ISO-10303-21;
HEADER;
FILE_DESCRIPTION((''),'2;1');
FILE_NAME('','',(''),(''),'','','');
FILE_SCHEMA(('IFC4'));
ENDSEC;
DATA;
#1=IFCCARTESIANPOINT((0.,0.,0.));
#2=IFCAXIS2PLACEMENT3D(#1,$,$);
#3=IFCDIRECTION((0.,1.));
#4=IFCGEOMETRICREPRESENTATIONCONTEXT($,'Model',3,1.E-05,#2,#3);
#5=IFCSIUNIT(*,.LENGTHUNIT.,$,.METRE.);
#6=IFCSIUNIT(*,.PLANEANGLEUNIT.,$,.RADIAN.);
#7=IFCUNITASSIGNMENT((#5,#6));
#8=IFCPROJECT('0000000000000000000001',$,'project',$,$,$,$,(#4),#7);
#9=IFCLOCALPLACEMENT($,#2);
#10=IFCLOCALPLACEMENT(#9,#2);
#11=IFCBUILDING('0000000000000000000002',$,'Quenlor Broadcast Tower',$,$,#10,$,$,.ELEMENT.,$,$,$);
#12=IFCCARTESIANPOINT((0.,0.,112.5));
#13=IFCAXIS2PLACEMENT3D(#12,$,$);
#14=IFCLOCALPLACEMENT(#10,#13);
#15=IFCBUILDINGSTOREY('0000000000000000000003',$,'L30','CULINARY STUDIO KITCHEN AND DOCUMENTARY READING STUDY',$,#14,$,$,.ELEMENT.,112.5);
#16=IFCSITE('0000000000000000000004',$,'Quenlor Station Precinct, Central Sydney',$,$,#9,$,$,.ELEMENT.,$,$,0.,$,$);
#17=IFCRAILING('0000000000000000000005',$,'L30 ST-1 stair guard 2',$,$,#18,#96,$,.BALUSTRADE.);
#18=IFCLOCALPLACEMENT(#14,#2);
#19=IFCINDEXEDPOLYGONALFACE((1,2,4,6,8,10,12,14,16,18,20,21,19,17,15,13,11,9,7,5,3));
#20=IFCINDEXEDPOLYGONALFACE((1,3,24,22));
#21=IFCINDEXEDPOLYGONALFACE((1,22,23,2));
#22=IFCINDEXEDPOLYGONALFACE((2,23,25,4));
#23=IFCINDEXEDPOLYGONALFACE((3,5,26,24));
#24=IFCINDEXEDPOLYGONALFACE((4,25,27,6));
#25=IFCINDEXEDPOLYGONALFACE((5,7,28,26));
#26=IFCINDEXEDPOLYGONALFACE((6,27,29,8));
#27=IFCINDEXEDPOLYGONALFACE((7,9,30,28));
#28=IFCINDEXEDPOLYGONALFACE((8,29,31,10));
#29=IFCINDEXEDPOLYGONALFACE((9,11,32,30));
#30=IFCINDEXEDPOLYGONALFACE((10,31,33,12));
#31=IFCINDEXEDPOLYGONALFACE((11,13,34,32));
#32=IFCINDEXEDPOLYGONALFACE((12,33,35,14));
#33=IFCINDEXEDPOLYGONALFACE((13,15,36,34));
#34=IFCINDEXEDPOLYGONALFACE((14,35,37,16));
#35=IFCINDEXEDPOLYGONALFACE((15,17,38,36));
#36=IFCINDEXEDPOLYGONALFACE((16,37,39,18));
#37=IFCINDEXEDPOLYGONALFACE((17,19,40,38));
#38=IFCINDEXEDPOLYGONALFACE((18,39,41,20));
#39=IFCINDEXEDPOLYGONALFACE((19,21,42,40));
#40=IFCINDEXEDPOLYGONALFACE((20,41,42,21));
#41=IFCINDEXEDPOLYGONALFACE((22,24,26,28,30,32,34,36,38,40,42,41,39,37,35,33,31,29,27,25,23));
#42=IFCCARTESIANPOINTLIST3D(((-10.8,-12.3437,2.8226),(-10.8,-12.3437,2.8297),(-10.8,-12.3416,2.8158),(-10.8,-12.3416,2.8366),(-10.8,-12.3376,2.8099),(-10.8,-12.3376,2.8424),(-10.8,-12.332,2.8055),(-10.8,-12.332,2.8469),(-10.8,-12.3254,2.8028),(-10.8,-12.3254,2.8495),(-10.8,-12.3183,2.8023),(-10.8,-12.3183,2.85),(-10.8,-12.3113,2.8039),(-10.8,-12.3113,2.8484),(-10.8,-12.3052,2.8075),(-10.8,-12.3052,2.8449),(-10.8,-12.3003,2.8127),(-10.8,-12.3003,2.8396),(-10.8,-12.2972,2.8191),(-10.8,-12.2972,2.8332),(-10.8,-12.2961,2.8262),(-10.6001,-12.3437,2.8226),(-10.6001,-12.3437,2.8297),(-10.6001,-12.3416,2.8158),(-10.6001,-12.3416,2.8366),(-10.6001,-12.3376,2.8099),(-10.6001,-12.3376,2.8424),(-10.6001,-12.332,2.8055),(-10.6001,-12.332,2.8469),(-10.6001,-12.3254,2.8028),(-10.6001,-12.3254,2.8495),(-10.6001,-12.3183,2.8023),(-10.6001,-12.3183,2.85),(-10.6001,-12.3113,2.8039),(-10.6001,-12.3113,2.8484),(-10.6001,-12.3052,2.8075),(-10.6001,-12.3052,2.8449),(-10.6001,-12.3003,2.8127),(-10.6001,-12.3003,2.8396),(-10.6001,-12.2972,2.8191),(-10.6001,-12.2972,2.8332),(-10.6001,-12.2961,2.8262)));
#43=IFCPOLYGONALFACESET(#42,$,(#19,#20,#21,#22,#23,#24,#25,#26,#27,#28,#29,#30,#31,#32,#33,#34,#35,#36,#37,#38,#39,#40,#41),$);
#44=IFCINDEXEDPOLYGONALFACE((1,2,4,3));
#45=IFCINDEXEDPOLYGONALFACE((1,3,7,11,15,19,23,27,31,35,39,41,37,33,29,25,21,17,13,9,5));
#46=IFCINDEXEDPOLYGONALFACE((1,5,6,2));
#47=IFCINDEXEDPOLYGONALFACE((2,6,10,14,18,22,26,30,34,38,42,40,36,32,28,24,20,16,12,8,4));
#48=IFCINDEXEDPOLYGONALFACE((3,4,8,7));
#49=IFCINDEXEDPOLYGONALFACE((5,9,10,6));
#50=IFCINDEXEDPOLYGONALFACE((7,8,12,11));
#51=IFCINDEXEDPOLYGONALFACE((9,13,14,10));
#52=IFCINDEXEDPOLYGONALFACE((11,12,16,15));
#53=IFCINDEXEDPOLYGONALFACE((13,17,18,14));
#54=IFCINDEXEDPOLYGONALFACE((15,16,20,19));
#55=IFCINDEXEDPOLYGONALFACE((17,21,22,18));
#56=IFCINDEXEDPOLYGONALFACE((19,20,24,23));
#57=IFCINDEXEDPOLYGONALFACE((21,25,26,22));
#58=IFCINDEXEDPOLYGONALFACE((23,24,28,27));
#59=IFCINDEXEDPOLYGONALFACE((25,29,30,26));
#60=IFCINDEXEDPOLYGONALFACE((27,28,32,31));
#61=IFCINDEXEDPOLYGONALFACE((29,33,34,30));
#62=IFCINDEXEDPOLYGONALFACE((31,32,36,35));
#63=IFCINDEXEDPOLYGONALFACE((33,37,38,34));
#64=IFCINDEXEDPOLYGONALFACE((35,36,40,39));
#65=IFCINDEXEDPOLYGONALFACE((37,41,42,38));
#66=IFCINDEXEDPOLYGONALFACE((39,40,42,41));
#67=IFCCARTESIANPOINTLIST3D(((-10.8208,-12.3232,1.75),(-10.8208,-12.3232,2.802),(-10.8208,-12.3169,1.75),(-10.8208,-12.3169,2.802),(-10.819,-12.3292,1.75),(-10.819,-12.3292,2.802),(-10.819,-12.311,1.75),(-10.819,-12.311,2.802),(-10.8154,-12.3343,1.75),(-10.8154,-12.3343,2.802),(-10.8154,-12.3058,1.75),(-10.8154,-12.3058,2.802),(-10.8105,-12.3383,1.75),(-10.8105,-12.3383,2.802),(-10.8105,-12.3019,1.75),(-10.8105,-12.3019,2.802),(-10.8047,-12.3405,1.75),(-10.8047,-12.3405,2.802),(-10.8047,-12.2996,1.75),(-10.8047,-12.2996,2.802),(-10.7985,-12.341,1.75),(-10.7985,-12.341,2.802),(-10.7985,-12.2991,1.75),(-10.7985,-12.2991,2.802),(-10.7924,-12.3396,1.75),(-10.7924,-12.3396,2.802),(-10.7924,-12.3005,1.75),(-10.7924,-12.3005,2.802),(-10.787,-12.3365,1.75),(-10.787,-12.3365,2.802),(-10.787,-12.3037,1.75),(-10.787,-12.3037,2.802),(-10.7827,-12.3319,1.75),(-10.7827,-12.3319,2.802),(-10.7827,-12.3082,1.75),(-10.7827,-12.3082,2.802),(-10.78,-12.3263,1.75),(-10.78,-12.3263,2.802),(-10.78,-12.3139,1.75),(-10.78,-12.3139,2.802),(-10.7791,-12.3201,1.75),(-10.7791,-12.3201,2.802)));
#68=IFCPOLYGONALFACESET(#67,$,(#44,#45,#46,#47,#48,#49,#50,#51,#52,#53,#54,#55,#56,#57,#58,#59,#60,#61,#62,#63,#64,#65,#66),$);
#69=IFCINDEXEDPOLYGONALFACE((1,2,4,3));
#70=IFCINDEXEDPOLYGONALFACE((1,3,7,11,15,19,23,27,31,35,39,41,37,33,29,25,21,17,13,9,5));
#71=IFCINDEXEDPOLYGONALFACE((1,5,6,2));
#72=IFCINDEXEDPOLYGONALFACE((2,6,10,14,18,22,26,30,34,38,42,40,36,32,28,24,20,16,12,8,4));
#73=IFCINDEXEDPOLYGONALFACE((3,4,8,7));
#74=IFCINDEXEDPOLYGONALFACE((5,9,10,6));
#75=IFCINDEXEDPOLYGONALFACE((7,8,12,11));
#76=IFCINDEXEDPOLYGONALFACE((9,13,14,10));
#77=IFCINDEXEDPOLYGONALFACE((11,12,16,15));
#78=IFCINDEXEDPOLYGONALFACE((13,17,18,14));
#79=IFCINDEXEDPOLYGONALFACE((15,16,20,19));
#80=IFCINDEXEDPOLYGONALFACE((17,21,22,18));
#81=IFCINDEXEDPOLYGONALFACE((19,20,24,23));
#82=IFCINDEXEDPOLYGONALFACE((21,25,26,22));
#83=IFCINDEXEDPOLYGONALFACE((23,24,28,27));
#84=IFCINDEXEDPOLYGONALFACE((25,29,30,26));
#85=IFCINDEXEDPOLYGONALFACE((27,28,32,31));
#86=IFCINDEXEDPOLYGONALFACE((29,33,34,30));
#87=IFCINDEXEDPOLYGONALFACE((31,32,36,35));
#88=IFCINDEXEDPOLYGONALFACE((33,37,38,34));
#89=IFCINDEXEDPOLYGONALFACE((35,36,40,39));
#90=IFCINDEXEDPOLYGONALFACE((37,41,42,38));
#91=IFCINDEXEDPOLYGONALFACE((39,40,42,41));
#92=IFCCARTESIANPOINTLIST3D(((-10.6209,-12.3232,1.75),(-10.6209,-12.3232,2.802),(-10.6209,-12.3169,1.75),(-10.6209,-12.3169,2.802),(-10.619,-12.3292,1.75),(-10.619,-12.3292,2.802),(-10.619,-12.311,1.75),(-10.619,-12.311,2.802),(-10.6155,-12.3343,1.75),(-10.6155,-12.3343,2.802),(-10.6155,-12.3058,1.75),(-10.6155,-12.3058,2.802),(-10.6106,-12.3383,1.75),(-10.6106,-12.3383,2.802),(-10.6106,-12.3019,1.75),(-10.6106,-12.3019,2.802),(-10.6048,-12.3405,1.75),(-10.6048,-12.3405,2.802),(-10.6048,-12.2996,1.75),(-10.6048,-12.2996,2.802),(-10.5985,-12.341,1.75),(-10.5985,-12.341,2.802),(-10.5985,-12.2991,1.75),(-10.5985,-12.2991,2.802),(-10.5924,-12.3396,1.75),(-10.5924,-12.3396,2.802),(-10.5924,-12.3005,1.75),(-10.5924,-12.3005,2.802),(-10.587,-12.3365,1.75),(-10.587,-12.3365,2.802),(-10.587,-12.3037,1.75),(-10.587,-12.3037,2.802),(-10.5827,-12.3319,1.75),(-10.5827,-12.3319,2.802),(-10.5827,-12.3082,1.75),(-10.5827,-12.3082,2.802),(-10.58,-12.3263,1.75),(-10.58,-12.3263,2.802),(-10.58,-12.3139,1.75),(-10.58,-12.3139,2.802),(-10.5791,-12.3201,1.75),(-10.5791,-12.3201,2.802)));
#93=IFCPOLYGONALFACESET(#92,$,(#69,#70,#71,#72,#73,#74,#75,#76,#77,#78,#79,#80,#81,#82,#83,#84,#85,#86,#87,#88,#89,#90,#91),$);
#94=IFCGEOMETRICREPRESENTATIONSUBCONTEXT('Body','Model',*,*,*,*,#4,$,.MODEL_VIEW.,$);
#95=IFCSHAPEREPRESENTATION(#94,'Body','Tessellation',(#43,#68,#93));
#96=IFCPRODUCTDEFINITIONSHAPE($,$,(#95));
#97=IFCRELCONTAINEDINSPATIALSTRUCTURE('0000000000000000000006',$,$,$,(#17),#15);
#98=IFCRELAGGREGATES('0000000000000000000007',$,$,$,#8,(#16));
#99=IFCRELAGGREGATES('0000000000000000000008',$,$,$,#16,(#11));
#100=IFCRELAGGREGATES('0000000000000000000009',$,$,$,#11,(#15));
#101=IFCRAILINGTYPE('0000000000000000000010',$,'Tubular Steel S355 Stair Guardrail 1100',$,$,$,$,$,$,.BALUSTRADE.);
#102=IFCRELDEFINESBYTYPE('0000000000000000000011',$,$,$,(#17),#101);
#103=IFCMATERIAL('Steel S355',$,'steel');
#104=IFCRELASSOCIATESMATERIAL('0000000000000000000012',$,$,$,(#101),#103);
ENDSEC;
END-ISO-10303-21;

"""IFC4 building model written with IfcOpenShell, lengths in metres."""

from ifc_helpers import new_model, si_unit, direction, frame, origin, origin_2d, place, context, subcontext, project, spatial, circle, extrude, material, type_object, element, save


model = new_model("IFC4")

# Units and contexts
model_context = context("Model", 3, precision=1e-05, world=origin(), true_north=direction((0.0, 1.0)))
body_context = subcontext(model_context, "Body", "Model", "MODEL_VIEW")
ifc_project = project(units=[si_unit("LENGTHUNIT", "METRE"), si_unit("PLANEANGLEUNIT", "RADIAN")], contexts=[model_context])

# Site, building, storey
site_placement = place(None, origin())
site = spatial("IfcSite", under=ifc_project, at=site_placement, Name="Quenlor Station Precinct, Central Sydney", CompositionType="ELEMENT", RefElevation=0.0)
building_placement = place(site_placement, origin())
building = spatial("IfcBuilding", under=site, at=building_placement, Name="Quenlor Broadcast Tower", CompositionType="ELEMENT")
storey_placement = place(building_placement, frame((0.0, 0.0, 112.5)))
storey = spatial("IfcBuildingStorey", under=building, at=storey_placement, Name="L30", Description="CULINARY STUDIO KITCHEN AND DOCUMENTARY READING STUDY", CompositionType="ELEMENT", Elevation=112.5)

# Railing
ifc_material_1 = material(Name="Steel S355", Category="steel")
railing_type_1 = type_object("IfcRailingType", Name="Tubular Steel S355 Stair Guardrail 1100", PredefinedType="BALUSTRADE", material=ifc_material_1)
railing_1_placement = place(storey_placement, frame((-10.8, -12.3201, 1.75)))
element("IfcRailing", 1, at=railing_1_placement, inside=storey, type_object=railing_type_1, Name="L30 ST-1 stair guard 2", PredefinedType="BALUSTRADE", context=body_context, shape_type="SweptSolid", body=[
    extrude(circle(Radius=0.0239, at=origin_2d()), frame((0.0, 0.0, 1.0762), z_axis=(1.0, 0.0, 0.0), x_axis=(0.0, 1.0, 0.0)), (0.0, 0.0, 1.0), 0.2),
    extrude(circle(Radius=0.021, at=origin_2d()), origin(), (0.0, 0.0, 1.0), 1.052),
    extrude(circle(Radius=0.021, at=origin_2d()), frame((0.2, 0.0, 0.0)), (0.0, 0.0, 1.0), 1.052),
])

save(model, "model.ifc")
